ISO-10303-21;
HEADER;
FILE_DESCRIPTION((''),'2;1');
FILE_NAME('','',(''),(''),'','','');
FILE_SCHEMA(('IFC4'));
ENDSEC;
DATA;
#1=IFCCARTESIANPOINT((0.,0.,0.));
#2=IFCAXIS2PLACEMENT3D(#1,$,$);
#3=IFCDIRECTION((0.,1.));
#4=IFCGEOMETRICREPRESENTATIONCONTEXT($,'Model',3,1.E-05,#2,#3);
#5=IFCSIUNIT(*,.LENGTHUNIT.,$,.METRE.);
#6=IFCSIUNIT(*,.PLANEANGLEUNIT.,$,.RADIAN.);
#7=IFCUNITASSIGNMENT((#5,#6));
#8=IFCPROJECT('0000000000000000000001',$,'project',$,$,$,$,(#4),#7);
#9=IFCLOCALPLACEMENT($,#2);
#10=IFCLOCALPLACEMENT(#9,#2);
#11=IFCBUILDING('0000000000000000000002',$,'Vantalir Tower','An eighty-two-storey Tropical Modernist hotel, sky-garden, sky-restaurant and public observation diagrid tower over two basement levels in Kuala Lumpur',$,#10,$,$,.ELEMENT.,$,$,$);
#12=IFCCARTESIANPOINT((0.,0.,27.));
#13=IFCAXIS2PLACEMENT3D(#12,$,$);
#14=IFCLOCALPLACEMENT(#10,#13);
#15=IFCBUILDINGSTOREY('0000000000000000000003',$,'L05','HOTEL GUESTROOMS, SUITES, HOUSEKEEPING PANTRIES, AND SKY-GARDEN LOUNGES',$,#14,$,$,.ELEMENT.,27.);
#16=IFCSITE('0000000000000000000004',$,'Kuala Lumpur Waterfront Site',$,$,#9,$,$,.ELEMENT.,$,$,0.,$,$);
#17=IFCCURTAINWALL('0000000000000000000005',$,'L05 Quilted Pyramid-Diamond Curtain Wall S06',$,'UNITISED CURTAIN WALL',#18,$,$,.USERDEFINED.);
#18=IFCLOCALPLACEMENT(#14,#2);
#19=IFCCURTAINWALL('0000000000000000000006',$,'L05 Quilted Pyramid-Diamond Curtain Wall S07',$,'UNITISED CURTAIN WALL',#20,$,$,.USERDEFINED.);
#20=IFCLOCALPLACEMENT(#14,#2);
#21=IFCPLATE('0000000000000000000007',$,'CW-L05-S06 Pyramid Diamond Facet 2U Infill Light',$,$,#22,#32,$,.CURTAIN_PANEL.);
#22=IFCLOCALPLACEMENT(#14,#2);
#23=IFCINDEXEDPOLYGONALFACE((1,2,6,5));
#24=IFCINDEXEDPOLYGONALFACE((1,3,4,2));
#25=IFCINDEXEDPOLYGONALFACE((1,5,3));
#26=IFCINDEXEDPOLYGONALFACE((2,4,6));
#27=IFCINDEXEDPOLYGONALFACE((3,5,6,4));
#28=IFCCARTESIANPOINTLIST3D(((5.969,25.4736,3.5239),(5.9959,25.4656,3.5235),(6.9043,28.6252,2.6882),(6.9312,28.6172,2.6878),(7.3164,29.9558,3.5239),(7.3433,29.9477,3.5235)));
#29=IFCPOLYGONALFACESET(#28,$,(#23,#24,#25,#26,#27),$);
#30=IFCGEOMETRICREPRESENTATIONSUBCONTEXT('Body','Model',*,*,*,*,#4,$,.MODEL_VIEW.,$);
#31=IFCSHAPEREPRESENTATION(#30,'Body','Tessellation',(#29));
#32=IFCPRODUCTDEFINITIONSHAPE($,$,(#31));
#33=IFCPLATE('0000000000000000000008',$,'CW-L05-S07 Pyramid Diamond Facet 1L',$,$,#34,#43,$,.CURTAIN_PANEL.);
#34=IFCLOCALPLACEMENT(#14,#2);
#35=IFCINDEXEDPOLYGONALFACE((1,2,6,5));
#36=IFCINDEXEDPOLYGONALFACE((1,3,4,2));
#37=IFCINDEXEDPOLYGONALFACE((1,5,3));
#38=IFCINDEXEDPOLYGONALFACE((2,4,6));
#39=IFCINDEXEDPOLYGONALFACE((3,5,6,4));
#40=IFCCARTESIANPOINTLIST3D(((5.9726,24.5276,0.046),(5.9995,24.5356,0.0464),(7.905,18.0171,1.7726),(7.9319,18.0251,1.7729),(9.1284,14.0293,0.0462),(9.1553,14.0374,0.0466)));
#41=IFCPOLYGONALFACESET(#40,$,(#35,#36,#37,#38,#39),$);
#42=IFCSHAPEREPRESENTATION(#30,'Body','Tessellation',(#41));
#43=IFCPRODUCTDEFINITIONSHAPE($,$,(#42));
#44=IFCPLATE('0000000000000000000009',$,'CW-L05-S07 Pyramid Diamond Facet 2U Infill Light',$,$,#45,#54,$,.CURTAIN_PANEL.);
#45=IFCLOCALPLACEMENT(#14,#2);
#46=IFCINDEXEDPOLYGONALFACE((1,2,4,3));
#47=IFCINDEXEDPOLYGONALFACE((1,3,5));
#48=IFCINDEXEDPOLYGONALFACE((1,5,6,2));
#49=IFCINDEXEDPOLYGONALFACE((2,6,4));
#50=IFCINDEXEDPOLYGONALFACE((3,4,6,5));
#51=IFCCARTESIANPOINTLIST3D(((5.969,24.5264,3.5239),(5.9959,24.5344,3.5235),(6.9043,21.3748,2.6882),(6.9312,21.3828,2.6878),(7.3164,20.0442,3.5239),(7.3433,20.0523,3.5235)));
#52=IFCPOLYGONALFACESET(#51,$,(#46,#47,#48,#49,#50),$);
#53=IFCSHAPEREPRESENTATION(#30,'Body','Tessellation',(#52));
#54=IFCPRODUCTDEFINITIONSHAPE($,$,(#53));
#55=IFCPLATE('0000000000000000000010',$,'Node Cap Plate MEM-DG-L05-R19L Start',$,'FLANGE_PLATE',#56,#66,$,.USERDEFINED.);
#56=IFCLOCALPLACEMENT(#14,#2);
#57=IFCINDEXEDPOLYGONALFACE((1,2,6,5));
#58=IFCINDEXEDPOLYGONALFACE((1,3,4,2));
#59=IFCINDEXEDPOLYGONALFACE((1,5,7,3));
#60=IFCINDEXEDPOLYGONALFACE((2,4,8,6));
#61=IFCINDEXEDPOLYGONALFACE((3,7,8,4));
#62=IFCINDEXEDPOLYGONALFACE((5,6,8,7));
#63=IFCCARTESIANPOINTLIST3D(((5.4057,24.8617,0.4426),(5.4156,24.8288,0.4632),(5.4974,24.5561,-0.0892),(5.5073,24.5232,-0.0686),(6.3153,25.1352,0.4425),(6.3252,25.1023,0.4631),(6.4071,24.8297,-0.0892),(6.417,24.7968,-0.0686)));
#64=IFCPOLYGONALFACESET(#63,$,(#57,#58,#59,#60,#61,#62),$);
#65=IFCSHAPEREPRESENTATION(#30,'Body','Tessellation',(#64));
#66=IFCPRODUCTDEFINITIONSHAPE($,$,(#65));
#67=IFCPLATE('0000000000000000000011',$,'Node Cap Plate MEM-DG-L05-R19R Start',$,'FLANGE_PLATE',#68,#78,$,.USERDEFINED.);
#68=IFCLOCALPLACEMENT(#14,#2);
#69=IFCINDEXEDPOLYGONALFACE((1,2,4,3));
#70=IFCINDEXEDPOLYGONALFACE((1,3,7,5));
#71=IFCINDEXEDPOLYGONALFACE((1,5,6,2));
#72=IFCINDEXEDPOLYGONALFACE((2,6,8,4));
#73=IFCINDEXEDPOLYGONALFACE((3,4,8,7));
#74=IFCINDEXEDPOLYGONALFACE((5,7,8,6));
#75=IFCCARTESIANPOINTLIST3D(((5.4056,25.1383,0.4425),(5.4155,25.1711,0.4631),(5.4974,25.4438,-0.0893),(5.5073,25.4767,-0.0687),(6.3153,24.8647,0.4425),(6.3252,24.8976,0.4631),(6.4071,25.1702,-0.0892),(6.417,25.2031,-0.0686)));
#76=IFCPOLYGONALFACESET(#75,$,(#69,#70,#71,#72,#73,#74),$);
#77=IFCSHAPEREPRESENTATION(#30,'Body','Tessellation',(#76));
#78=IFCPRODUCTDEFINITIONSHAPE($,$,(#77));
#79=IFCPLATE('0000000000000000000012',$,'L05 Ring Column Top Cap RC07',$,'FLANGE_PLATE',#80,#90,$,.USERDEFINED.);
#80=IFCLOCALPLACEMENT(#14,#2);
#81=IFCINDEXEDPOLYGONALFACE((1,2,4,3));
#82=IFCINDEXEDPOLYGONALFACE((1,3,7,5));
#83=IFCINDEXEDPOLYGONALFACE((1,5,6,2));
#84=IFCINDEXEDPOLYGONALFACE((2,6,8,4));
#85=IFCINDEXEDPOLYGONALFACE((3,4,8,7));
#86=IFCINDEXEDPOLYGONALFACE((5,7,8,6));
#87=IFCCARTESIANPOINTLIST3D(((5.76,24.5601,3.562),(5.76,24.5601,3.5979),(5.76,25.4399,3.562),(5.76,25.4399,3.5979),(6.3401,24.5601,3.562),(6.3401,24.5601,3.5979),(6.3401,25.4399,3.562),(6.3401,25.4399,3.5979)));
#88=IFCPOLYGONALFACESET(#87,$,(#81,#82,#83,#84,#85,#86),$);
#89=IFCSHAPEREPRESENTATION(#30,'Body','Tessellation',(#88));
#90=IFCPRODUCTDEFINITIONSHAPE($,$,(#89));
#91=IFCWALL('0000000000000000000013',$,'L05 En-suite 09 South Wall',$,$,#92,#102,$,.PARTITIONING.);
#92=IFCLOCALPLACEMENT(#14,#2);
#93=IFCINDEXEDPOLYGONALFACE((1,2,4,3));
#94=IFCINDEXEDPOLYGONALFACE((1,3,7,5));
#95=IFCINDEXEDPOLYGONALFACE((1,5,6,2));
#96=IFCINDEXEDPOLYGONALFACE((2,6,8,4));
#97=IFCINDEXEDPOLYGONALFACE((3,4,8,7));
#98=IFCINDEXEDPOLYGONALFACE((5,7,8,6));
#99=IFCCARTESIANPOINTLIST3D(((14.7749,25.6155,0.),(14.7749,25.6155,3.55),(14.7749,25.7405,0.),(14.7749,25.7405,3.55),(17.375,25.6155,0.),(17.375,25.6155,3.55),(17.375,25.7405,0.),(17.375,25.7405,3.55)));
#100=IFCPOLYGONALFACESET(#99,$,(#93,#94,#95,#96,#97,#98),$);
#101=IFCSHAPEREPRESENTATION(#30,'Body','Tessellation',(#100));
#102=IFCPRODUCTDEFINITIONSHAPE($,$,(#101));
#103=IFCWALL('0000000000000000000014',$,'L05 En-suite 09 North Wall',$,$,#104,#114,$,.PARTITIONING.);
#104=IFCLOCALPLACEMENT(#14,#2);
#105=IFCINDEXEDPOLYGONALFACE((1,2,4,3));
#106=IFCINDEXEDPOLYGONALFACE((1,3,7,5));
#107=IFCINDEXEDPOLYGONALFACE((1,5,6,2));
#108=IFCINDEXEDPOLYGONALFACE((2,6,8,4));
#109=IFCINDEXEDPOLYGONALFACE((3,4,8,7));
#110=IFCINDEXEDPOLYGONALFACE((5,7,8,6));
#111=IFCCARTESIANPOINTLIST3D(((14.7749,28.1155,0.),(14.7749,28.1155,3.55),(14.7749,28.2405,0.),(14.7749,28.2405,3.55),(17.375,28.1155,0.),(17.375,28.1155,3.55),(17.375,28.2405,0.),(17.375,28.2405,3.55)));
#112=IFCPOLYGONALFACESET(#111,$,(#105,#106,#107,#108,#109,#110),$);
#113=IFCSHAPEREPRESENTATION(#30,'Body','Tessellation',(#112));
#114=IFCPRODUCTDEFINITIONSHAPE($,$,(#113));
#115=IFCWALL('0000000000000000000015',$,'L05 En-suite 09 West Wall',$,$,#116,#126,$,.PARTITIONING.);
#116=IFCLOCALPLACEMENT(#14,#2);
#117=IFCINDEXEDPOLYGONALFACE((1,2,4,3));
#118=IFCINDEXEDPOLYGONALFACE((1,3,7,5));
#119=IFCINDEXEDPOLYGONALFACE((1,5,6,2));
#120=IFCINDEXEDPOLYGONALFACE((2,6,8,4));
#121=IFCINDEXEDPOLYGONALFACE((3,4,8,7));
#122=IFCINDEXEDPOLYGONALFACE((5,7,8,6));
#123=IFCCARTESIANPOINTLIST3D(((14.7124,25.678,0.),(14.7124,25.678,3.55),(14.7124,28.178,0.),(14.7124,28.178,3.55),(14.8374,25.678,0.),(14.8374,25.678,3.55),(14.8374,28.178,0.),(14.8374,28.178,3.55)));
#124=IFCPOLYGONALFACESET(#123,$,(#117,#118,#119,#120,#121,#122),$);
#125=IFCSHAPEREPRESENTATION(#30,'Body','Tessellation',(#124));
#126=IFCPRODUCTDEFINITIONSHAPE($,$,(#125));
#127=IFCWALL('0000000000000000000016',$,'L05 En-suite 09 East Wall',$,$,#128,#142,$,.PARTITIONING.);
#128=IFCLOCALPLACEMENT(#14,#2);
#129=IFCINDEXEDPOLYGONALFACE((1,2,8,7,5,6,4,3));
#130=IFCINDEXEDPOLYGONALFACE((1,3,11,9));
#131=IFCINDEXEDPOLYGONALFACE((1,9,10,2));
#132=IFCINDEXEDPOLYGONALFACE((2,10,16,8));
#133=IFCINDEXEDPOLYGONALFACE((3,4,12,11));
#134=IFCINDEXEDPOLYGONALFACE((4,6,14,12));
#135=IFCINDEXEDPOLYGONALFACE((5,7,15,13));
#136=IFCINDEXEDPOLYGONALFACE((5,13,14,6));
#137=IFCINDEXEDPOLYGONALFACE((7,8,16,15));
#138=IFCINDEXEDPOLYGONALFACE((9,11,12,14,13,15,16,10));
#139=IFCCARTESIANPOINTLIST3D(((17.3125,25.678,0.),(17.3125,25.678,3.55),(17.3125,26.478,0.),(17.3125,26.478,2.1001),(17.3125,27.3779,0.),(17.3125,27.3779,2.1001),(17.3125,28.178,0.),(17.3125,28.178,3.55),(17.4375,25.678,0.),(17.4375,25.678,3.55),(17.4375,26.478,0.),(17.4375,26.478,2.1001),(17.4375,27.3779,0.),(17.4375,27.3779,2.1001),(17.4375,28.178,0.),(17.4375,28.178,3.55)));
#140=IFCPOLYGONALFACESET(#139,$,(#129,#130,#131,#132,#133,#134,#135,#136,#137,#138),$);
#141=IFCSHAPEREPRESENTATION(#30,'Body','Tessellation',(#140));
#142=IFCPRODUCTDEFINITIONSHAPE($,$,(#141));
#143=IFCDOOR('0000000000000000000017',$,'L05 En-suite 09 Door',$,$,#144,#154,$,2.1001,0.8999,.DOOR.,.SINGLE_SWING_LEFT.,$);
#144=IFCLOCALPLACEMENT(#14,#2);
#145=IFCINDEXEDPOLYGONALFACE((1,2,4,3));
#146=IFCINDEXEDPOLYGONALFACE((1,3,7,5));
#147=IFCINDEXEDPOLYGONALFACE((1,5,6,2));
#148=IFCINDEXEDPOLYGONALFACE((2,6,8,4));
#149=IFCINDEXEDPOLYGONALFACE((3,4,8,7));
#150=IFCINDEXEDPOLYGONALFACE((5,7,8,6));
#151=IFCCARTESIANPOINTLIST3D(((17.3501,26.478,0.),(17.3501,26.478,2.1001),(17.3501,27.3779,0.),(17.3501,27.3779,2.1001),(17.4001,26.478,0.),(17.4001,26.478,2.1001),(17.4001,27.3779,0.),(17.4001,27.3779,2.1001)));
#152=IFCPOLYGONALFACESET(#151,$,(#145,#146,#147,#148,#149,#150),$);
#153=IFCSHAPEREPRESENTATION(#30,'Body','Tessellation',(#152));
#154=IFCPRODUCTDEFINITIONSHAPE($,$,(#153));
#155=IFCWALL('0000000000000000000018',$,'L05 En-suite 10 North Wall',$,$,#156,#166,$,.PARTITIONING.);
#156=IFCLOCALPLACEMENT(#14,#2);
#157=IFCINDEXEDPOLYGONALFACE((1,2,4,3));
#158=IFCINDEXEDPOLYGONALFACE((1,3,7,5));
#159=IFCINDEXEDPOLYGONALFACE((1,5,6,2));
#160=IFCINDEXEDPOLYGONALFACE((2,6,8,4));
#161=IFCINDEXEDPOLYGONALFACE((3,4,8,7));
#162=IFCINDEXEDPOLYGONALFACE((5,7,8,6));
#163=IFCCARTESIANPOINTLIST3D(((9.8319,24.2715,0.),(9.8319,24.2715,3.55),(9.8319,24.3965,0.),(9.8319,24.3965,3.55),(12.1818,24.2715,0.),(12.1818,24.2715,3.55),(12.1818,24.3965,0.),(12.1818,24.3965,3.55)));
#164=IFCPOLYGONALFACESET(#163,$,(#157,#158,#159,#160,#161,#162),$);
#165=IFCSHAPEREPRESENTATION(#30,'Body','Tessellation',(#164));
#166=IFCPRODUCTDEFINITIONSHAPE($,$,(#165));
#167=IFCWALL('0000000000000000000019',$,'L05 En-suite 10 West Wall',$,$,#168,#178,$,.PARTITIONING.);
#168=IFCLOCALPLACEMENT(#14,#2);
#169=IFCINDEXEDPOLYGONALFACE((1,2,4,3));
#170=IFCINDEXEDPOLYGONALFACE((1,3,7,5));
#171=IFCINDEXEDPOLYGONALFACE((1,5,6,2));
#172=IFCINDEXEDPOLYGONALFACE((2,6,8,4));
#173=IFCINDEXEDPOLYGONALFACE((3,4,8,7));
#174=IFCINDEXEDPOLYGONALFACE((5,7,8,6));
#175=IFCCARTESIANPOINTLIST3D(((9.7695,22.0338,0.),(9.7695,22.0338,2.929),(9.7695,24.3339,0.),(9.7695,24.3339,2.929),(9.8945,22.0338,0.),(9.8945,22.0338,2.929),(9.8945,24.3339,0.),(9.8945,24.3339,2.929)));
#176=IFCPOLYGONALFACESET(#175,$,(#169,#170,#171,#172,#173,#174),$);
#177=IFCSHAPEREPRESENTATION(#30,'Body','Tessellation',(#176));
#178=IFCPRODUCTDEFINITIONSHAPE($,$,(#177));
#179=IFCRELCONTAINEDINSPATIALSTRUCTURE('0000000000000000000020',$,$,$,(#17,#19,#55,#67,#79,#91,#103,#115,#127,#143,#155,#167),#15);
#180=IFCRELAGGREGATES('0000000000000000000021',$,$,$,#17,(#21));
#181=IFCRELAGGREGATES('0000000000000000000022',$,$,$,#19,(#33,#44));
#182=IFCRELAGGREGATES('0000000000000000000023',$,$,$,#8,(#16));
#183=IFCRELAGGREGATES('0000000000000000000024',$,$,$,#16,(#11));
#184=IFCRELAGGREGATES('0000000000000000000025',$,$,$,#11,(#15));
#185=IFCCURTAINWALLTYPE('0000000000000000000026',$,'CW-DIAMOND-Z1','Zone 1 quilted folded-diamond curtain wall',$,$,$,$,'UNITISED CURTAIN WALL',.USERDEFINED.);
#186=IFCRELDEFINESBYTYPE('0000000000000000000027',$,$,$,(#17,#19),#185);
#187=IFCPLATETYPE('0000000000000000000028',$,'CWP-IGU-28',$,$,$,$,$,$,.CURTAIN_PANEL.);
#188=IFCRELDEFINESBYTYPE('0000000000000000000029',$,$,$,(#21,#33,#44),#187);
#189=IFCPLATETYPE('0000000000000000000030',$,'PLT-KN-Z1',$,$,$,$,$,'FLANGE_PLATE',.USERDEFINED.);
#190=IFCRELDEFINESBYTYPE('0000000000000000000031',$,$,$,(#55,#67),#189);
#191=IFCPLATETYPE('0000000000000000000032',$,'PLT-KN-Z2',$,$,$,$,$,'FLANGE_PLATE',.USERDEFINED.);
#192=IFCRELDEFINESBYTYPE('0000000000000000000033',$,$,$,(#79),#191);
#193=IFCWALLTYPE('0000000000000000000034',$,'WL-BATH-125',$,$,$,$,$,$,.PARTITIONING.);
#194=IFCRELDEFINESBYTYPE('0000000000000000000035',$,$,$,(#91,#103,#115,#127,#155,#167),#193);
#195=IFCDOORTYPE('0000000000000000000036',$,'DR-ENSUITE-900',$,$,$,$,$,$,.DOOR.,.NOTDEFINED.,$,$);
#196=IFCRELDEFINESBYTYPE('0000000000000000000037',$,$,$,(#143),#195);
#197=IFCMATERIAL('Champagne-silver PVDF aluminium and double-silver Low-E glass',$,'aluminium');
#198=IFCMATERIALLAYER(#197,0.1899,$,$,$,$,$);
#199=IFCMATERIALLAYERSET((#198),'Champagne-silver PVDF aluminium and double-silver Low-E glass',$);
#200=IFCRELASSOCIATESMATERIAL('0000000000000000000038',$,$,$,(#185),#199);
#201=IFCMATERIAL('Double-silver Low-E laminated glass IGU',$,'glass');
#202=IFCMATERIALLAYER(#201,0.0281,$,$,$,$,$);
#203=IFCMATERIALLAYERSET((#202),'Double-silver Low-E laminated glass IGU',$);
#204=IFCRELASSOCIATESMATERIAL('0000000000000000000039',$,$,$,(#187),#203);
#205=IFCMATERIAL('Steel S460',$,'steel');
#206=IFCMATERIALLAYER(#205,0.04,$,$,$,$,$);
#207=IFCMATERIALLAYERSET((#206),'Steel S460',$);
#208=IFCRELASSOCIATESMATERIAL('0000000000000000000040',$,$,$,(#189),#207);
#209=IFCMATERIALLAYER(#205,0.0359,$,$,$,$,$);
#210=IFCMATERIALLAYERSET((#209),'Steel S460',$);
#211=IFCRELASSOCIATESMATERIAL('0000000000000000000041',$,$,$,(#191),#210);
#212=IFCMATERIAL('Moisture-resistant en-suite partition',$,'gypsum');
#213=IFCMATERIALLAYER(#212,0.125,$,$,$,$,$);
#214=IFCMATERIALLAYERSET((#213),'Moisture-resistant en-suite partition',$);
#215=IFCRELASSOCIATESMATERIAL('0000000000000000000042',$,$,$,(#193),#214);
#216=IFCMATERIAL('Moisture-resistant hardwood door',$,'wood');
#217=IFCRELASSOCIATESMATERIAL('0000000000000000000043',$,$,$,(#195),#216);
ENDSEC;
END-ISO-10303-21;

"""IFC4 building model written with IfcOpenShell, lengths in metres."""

from ifc_helpers import new_model, si_unit, direction, frame, frame_2d, origin, place, context, subcontext, project, spatial, polyline, rectangle, outline, extrude, material, layer, layer_set, type_object, element, fill, aggregate, save


model = new_model("IFC4")

# Units and contexts
model_context = context("Model", 3, precision=1e-05, world=origin(), true_north=direction((0.0, 1.0)))
body_context = subcontext(model_context, "Body", "Model", "MODEL_VIEW")
ifc_project = project(units=[si_unit("LENGTHUNIT", "METRE"), si_unit("PLANEANGLEUNIT", "RADIAN")], contexts=[model_context])

# Site, building, storey
site_placement = place(None, origin())
site = spatial("IfcSite", under=ifc_project, at=site_placement, Name="Kuala Lumpur Waterfront Site", CompositionType="ELEMENT", RefElevation=0.0)
building_placement = place(site_placement, origin())
building = spatial("IfcBuilding", under=site, at=building_placement, Name="Vantalir Tower", Description="An eighty-two-storey Tropical Modernist hotel, sky-garden, sky-restaurant and public observation diagrid tower over two basement levels in Kuala Lumpur", CompositionType="ELEMENT")
storey_placement = place(building_placement, frame((0.0, 0.0, 27.0)))
storey = spatial("IfcBuildingStorey", under=building, at=storey_placement, Name="L05", Description="HOTEL GUESTROOMS, SUITES, HOUSEKEEPING PANTRIES, AND SKY-GARDEN LOUNGES", CompositionType="ELEMENT", Elevation=27.0)

# Shared definitions
ifc_material_1 = material(Name="Steel S460", Category="steel")

# Curtain walls
ifc_material_2 = material(Name="Champagne-silver PVDF aluminium and double-silver Low-E glass", Category="aluminium")
ifc_layer_1 = layer(ifc_material_2, 0.1899)
ifc_layer_set_1 = layer_set([ifc_layer_1], Name="Champagne-silver PVDF aluminium and double-silver Low-E glass")
curtain_wall_type = type_object("IfcCurtainWallType", Name="CW-DIAMOND-Z1", Description="Zone 1 quilted folded-diamond curtain wall", ElementType="UNITISED CURTAIN WALL", PredefinedType="USERDEFINED", material=ifc_layer_set_1)
curtain_wall_1_placement = place(storey_placement, origin())
curtain_wall_1 = element("IfcCurtainWall", 1, at=curtain_wall_1_placement, inside=storey, type_object=curtain_wall_type, Name="L05 Quilted Pyramid-Diamond Curtain Wall S06", ObjectType="UNITISED CURTAIN WALL", PredefinedType="USERDEFINED")
curtain_wall_2_placement = place(storey_placement, origin())
curtain_wall_2 = element("IfcCurtainWall", 2, at=curtain_wall_2_placement, inside=storey, type_object=curtain_wall_type, Name="L05 Quilted Pyramid-Diamond Curtain Wall S07", ObjectType="UNITISED CURTAIN WALL", PredefinedType="USERDEFINED")

# Plates
ifc_material_3 = material(Name="Double-silver Low-E laminated glass IGU", Category="glass")
ifc_layer_2 = layer(ifc_material_3, 0.0281)
ifc_layer_set_2 = layer_set([ifc_layer_2], Name="Double-silver Low-E laminated glass IGU")
plate_type_1 = type_object("IfcPlateType", Name="CWP-IGU-28", PredefinedType="CURTAIN_PANEL", material=ifc_layer_set_2)
plate_1_placement = place(storey_placement, frame((7.3164, 29.9558, 3.5239), z_axis=(-0.957572, 0.287861, 0.013888), x_axis=(-0.287889, -0.957664, 0.0)))
plate_1 = element("IfcPlate", 3, at=plate_1_placement, type_object=plate_type_1, Name="CW-L05-S06 Pyramid Diamond Facet 2U Infill Light", PredefinedType="CURTAIN_PANEL", context=body_context, shape_type="SweptSolid", body=[
    extrude(outline(polyline([(0.0, 0.0), (4.6803, 0.0), (1.3929, -0.8358), (0.0, 0.0)])), origin(), (0.0, 0.0, -1.0), 0.0281),
])
aggregate(curtain_wall_1, [plate_1])
plate_2_placement = place(storey_placement, frame((5.9995, 24.5356, 0.0464), z_axis=(0.957579, 0.287846, 0.013682), x_axis=(0.287873, -0.957669, 0.000022)))
plate_2 = element("IfcPlate", 4, at=plate_2_placement, type_object=plate_type_1, Name="CW-L05-S07 Pyramid Diamond Facet 1L", PredefinedType="CURTAIN_PANEL", context=body_context, shape_type="SweptSolid", body=[
    extrude(outline(polyline([(0.0, 0.0), (10.9623, 0.0), (6.7912, -1.7266), (0.0, 0.0)])), origin(), (0.0, 0.0, -1.0), 0.0281),
])
plate_3_placement = place(storey_placement, frame((5.969, 24.5264, 3.5239), z_axis=(-0.957572, -0.287861, 0.013888), x_axis=(0.287889, -0.957664, 0.0)))
plate_3 = element("IfcPlate", 5, at=plate_3_placement, type_object=plate_type_1, Name="CW-L05-S07 Pyramid Diamond Facet 2U Infill Light", PredefinedType="CURTAIN_PANEL", context=body_context, shape_type="SweptSolid", body=[
    extrude(outline(polyline([(0.0, 0.0), (4.6803, 0.0), (3.2874, -0.8358), (0.0, 0.0)])), origin(), (0.0, 0.0, -1.0), 0.0281),
])
aggregate(curtain_wall_2, [plate_2, plate_3])

# Plates
ifc_layer_3 = layer(ifc_material_1, 0.04)
ifc_layer_set_3 = layer_set([ifc_layer_3], Name="Steel S460")
plate_type_2 = type_object("IfcPlateType", Name="PLT-KN-Z1", ElementType="FLANGE_PLATE", PredefinedType="USERDEFINED", material=ifc_layer_set_3)
plate_4_placement = place(storey_placement, frame((5.5073, 24.5232, -0.0686), z_axis=(0.246947, -0.821172, 0.514485), x_axis=(0.957626, 0.288016, 0.000054)))
element("IfcPlate", 6, at=plate_4_placement, inside=storey, type_object=plate_type_2, Name="Node Cap Plate MEM-DG-L05-R19L Start", ObjectType="FLANGE_PLATE", PredefinedType="USERDEFINED", context=body_context, shape_type="SweptSolid", body=[
    extrude(outline(polyline([(0.0, 0.0), (0.9499, 0.0), (0.95, 0.62), (0.0002, 0.6202), (0.0, 0.0)])), origin(), (0.0, 0.0, -1.0), 0.04),
])
plate_5_placement = place(storey_placement, frame((6.417, 25.2031, -0.0686), z_axis=(0.246947, 0.821172, 0.514485), x_axis=(-0.957626, 0.288016, -0.000054)))
element("IfcPlate", 7, at=plate_5_placement, inside=storey, type_object=plate_type_2, Name="Node Cap Plate MEM-DG-L05-R19R Start", ObjectType="FLANGE_PLATE", PredefinedType="USERDEFINED", context=body_context, shape_type="SweptSolid", body=[
    extrude(outline(polyline([(0.0, 0.0), (0.9499, 0.0), (0.9498, 0.6202), (-0.0001, 0.62), (0.0, 0.0)])), origin(), (0.0, 0.0, -1.0), 0.04),
])
ifc_layer_4 = layer(ifc_material_1, 0.0359)
ifc_layer_set_4 = layer_set([ifc_layer_4], Name="Steel S460")
plate_type_3 = type_object("IfcPlateType", Name="PLT-KN-Z2", ElementType="FLANGE_PLATE", PredefinedType="USERDEFINED", material=ifc_layer_set_4)
plate_6_placement = place(storey_placement, frame((5.76, 25.4399, 3.5979), z_axis=(0.0, 0.0, 1.0), x_axis=(0.0, -1.0, 0.0)))
element("IfcPlate", 8, at=plate_6_placement, inside=storey, type_object=plate_type_3, Name="L05 Ring Column Top Cap RC07", ObjectType="FLANGE_PLATE", PredefinedType="USERDEFINED", context=body_context, shape_type="SweptSolid", body=[
    extrude(outline(polyline([(0.0, 0.0), (0.8799, 0.0), (0.8799, 0.5801), (0.0, 0.5801), (0.0, 0.0)])), origin(), (0.0, 0.0, -1.0), 0.0359),
])

# Walls
ifc_material_4 = material(Name="Moisture-resistant en-suite partition", Category="gypsum")
ifc_layer_5 = layer(ifc_material_4, 0.125)
ifc_layer_set_5 = layer_set([ifc_layer_5], Name="Moisture-resistant en-suite partition")
wall_type_1 = type_object("IfcWallType", Name="WL-BATH-125", PredefinedType="PARTITIONING", material=ifc_layer_set_5)
for number, where, z_axis, x_axis, name in (
    (9, (14.7749, 25.678, 0.0), (0.0, 0.0, 1.0), (1.0, 0.0, 0.0), "L05 En-suite 09 South Wall"),
    (10, (14.7749, 28.178, 0.0), (0.0, 0.0, 1.0), (1.0, 0.0, 0.0), "L05 En-suite 09 North Wall"),
):
    element("IfcWall", number, at=place(storey_placement, frame(where, z_axis=z_axis, x_axis=x_axis)), inside=storey, type_object=wall_type_1, Name=name, PredefinedType="PARTITIONING", context=body_context, shape_type="SweptSolid", body=[
        extrude(rectangle(XDim=2.6001, YDim=0.125, at=frame_2d((1.3, 0.0))), origin(), (0.0, 0.0, 1.0), 3.55),
    ])
wall_1_placement = place(storey_placement, frame((14.7749, 25.678, 0.0), z_axis=(0.0, 0.0, 1.0), x_axis=(0.0, 1.0, 0.0)))
element("IfcWall", 11, at=wall_1_placement, inside=storey, type_object=wall_type_1, Name="L05 En-suite 09 West Wall", PredefinedType="PARTITIONING", context=body_context, shape_type="SweptSolid", body=[
    extrude(rectangle(XDim=2.5, YDim=0.125, at=frame_2d((1.25, 0.0))), origin(), (0.0, 0.0, 1.0), 3.55),
])

# Wall, opening, door
wall_2_placement = place(storey_placement, frame((17.375, 25.678, 0.0), z_axis=(0.0, 0.0, 1.0), x_axis=(0.0, 1.0, 0.0)))
wall_2 = element("IfcWall", 12, at=wall_2_placement, inside=storey, type_object=wall_type_1, Name="L05 En-suite 09 East Wall", PredefinedType="PARTITIONING", context=body_context, shape_type="SweptSolid", body=[
    extrude(rectangle(XDim=2.5, YDim=0.125, at=frame_2d((1.25, 0.0))), origin(), (0.0, 0.0, 1.0), 3.55),
])
opening_1_placement = place(wall_2_placement, frame((0.8, 0.0, 0.0)))
opening_1 = element("IfcOpeningElement", 13, at=opening_1_placement, cuts=wall_2, PredefinedType="OPENING", context=body_context, shape_type="SweptSolid", body=[
    extrude(rectangle(XDim=0.8999, YDim=2.1001, at=frame_2d((0.45, 1.05))), frame((0.0, 0.0725, 0.0), z_axis=(0.0, -1.0, 0.0), x_axis=(1.0, 0.0, 0.0)), (0.0, 0.0, 1.0), 0.145),
])
ifc_material_5 = material(Name="Moisture-resistant hardwood door", Category="wood")
door_type = type_object("IfcDoorType", Name="DR-ENSUITE-900", OperationType="NOTDEFINED", PredefinedType="DOOR", material=ifc_material_5)
door_1_placement = place(opening_1_placement, origin())
door_1 = element("IfcDoor", 14, at=door_1_placement, inside=storey, type_object=door_type, Name="L05 En-suite 09 Door", OperationType="SINGLE_SWING_LEFT", OverallHeight=2.1001, OverallWidth=0.8999, PredefinedType="DOOR", context=body_context, shape_type="SweptSolid", body=[
    extrude(rectangle(XDim=0.8999, YDim=2.1001, at=frame_2d((0.45, 1.05))), frame((0.0, 0.0249, 0.0), z_axis=(0.0, -1.0, 0.0), x_axis=(1.0, 0.0, 0.0)), (0.0, 0.0, 1.0), 0.05),
])
fill(opening_1, door_1)

# Walls
wall_3_placement = place(storey_placement, frame((9.832, 24.334, 0.0), z_axis=(0.0, 0.0, 1.0), x_axis=(1.0, 0.0, 0.0)))
element("IfcWall", 15, at=wall_3_placement, inside=storey, type_object=wall_type_1, Name="L05 En-suite 10 North Wall", PredefinedType="PARTITIONING", context=body_context, shape_type="SweptSolid", body=[
    extrude(rectangle(XDim=2.3499, YDim=0.125, at=frame_2d((1.1748, 0.0))), origin(), (0.0, 0.0, 1.0), 3.55),
])
wall_4_placement = place(storey_placement, frame((9.832, 22.0339, 0.0), z_axis=(0.0, 0.0, 1.0), x_axis=(0.0, 1.0, 0.0)))
element("IfcWall", 16, at=wall_4_placement, inside=storey, type_object=wall_type_1, Name="L05 En-suite 10 West Wall", PredefinedType="PARTITIONING", context=body_context, shape_type="SweptSolid", body=[
    extrude(rectangle(XDim=2.3, YDim=0.125, at=frame_2d((1.1499, 0.0))), origin(), (0.0, 0.0, 1.0), 2.929),
])

save(model, "model.ifc")
